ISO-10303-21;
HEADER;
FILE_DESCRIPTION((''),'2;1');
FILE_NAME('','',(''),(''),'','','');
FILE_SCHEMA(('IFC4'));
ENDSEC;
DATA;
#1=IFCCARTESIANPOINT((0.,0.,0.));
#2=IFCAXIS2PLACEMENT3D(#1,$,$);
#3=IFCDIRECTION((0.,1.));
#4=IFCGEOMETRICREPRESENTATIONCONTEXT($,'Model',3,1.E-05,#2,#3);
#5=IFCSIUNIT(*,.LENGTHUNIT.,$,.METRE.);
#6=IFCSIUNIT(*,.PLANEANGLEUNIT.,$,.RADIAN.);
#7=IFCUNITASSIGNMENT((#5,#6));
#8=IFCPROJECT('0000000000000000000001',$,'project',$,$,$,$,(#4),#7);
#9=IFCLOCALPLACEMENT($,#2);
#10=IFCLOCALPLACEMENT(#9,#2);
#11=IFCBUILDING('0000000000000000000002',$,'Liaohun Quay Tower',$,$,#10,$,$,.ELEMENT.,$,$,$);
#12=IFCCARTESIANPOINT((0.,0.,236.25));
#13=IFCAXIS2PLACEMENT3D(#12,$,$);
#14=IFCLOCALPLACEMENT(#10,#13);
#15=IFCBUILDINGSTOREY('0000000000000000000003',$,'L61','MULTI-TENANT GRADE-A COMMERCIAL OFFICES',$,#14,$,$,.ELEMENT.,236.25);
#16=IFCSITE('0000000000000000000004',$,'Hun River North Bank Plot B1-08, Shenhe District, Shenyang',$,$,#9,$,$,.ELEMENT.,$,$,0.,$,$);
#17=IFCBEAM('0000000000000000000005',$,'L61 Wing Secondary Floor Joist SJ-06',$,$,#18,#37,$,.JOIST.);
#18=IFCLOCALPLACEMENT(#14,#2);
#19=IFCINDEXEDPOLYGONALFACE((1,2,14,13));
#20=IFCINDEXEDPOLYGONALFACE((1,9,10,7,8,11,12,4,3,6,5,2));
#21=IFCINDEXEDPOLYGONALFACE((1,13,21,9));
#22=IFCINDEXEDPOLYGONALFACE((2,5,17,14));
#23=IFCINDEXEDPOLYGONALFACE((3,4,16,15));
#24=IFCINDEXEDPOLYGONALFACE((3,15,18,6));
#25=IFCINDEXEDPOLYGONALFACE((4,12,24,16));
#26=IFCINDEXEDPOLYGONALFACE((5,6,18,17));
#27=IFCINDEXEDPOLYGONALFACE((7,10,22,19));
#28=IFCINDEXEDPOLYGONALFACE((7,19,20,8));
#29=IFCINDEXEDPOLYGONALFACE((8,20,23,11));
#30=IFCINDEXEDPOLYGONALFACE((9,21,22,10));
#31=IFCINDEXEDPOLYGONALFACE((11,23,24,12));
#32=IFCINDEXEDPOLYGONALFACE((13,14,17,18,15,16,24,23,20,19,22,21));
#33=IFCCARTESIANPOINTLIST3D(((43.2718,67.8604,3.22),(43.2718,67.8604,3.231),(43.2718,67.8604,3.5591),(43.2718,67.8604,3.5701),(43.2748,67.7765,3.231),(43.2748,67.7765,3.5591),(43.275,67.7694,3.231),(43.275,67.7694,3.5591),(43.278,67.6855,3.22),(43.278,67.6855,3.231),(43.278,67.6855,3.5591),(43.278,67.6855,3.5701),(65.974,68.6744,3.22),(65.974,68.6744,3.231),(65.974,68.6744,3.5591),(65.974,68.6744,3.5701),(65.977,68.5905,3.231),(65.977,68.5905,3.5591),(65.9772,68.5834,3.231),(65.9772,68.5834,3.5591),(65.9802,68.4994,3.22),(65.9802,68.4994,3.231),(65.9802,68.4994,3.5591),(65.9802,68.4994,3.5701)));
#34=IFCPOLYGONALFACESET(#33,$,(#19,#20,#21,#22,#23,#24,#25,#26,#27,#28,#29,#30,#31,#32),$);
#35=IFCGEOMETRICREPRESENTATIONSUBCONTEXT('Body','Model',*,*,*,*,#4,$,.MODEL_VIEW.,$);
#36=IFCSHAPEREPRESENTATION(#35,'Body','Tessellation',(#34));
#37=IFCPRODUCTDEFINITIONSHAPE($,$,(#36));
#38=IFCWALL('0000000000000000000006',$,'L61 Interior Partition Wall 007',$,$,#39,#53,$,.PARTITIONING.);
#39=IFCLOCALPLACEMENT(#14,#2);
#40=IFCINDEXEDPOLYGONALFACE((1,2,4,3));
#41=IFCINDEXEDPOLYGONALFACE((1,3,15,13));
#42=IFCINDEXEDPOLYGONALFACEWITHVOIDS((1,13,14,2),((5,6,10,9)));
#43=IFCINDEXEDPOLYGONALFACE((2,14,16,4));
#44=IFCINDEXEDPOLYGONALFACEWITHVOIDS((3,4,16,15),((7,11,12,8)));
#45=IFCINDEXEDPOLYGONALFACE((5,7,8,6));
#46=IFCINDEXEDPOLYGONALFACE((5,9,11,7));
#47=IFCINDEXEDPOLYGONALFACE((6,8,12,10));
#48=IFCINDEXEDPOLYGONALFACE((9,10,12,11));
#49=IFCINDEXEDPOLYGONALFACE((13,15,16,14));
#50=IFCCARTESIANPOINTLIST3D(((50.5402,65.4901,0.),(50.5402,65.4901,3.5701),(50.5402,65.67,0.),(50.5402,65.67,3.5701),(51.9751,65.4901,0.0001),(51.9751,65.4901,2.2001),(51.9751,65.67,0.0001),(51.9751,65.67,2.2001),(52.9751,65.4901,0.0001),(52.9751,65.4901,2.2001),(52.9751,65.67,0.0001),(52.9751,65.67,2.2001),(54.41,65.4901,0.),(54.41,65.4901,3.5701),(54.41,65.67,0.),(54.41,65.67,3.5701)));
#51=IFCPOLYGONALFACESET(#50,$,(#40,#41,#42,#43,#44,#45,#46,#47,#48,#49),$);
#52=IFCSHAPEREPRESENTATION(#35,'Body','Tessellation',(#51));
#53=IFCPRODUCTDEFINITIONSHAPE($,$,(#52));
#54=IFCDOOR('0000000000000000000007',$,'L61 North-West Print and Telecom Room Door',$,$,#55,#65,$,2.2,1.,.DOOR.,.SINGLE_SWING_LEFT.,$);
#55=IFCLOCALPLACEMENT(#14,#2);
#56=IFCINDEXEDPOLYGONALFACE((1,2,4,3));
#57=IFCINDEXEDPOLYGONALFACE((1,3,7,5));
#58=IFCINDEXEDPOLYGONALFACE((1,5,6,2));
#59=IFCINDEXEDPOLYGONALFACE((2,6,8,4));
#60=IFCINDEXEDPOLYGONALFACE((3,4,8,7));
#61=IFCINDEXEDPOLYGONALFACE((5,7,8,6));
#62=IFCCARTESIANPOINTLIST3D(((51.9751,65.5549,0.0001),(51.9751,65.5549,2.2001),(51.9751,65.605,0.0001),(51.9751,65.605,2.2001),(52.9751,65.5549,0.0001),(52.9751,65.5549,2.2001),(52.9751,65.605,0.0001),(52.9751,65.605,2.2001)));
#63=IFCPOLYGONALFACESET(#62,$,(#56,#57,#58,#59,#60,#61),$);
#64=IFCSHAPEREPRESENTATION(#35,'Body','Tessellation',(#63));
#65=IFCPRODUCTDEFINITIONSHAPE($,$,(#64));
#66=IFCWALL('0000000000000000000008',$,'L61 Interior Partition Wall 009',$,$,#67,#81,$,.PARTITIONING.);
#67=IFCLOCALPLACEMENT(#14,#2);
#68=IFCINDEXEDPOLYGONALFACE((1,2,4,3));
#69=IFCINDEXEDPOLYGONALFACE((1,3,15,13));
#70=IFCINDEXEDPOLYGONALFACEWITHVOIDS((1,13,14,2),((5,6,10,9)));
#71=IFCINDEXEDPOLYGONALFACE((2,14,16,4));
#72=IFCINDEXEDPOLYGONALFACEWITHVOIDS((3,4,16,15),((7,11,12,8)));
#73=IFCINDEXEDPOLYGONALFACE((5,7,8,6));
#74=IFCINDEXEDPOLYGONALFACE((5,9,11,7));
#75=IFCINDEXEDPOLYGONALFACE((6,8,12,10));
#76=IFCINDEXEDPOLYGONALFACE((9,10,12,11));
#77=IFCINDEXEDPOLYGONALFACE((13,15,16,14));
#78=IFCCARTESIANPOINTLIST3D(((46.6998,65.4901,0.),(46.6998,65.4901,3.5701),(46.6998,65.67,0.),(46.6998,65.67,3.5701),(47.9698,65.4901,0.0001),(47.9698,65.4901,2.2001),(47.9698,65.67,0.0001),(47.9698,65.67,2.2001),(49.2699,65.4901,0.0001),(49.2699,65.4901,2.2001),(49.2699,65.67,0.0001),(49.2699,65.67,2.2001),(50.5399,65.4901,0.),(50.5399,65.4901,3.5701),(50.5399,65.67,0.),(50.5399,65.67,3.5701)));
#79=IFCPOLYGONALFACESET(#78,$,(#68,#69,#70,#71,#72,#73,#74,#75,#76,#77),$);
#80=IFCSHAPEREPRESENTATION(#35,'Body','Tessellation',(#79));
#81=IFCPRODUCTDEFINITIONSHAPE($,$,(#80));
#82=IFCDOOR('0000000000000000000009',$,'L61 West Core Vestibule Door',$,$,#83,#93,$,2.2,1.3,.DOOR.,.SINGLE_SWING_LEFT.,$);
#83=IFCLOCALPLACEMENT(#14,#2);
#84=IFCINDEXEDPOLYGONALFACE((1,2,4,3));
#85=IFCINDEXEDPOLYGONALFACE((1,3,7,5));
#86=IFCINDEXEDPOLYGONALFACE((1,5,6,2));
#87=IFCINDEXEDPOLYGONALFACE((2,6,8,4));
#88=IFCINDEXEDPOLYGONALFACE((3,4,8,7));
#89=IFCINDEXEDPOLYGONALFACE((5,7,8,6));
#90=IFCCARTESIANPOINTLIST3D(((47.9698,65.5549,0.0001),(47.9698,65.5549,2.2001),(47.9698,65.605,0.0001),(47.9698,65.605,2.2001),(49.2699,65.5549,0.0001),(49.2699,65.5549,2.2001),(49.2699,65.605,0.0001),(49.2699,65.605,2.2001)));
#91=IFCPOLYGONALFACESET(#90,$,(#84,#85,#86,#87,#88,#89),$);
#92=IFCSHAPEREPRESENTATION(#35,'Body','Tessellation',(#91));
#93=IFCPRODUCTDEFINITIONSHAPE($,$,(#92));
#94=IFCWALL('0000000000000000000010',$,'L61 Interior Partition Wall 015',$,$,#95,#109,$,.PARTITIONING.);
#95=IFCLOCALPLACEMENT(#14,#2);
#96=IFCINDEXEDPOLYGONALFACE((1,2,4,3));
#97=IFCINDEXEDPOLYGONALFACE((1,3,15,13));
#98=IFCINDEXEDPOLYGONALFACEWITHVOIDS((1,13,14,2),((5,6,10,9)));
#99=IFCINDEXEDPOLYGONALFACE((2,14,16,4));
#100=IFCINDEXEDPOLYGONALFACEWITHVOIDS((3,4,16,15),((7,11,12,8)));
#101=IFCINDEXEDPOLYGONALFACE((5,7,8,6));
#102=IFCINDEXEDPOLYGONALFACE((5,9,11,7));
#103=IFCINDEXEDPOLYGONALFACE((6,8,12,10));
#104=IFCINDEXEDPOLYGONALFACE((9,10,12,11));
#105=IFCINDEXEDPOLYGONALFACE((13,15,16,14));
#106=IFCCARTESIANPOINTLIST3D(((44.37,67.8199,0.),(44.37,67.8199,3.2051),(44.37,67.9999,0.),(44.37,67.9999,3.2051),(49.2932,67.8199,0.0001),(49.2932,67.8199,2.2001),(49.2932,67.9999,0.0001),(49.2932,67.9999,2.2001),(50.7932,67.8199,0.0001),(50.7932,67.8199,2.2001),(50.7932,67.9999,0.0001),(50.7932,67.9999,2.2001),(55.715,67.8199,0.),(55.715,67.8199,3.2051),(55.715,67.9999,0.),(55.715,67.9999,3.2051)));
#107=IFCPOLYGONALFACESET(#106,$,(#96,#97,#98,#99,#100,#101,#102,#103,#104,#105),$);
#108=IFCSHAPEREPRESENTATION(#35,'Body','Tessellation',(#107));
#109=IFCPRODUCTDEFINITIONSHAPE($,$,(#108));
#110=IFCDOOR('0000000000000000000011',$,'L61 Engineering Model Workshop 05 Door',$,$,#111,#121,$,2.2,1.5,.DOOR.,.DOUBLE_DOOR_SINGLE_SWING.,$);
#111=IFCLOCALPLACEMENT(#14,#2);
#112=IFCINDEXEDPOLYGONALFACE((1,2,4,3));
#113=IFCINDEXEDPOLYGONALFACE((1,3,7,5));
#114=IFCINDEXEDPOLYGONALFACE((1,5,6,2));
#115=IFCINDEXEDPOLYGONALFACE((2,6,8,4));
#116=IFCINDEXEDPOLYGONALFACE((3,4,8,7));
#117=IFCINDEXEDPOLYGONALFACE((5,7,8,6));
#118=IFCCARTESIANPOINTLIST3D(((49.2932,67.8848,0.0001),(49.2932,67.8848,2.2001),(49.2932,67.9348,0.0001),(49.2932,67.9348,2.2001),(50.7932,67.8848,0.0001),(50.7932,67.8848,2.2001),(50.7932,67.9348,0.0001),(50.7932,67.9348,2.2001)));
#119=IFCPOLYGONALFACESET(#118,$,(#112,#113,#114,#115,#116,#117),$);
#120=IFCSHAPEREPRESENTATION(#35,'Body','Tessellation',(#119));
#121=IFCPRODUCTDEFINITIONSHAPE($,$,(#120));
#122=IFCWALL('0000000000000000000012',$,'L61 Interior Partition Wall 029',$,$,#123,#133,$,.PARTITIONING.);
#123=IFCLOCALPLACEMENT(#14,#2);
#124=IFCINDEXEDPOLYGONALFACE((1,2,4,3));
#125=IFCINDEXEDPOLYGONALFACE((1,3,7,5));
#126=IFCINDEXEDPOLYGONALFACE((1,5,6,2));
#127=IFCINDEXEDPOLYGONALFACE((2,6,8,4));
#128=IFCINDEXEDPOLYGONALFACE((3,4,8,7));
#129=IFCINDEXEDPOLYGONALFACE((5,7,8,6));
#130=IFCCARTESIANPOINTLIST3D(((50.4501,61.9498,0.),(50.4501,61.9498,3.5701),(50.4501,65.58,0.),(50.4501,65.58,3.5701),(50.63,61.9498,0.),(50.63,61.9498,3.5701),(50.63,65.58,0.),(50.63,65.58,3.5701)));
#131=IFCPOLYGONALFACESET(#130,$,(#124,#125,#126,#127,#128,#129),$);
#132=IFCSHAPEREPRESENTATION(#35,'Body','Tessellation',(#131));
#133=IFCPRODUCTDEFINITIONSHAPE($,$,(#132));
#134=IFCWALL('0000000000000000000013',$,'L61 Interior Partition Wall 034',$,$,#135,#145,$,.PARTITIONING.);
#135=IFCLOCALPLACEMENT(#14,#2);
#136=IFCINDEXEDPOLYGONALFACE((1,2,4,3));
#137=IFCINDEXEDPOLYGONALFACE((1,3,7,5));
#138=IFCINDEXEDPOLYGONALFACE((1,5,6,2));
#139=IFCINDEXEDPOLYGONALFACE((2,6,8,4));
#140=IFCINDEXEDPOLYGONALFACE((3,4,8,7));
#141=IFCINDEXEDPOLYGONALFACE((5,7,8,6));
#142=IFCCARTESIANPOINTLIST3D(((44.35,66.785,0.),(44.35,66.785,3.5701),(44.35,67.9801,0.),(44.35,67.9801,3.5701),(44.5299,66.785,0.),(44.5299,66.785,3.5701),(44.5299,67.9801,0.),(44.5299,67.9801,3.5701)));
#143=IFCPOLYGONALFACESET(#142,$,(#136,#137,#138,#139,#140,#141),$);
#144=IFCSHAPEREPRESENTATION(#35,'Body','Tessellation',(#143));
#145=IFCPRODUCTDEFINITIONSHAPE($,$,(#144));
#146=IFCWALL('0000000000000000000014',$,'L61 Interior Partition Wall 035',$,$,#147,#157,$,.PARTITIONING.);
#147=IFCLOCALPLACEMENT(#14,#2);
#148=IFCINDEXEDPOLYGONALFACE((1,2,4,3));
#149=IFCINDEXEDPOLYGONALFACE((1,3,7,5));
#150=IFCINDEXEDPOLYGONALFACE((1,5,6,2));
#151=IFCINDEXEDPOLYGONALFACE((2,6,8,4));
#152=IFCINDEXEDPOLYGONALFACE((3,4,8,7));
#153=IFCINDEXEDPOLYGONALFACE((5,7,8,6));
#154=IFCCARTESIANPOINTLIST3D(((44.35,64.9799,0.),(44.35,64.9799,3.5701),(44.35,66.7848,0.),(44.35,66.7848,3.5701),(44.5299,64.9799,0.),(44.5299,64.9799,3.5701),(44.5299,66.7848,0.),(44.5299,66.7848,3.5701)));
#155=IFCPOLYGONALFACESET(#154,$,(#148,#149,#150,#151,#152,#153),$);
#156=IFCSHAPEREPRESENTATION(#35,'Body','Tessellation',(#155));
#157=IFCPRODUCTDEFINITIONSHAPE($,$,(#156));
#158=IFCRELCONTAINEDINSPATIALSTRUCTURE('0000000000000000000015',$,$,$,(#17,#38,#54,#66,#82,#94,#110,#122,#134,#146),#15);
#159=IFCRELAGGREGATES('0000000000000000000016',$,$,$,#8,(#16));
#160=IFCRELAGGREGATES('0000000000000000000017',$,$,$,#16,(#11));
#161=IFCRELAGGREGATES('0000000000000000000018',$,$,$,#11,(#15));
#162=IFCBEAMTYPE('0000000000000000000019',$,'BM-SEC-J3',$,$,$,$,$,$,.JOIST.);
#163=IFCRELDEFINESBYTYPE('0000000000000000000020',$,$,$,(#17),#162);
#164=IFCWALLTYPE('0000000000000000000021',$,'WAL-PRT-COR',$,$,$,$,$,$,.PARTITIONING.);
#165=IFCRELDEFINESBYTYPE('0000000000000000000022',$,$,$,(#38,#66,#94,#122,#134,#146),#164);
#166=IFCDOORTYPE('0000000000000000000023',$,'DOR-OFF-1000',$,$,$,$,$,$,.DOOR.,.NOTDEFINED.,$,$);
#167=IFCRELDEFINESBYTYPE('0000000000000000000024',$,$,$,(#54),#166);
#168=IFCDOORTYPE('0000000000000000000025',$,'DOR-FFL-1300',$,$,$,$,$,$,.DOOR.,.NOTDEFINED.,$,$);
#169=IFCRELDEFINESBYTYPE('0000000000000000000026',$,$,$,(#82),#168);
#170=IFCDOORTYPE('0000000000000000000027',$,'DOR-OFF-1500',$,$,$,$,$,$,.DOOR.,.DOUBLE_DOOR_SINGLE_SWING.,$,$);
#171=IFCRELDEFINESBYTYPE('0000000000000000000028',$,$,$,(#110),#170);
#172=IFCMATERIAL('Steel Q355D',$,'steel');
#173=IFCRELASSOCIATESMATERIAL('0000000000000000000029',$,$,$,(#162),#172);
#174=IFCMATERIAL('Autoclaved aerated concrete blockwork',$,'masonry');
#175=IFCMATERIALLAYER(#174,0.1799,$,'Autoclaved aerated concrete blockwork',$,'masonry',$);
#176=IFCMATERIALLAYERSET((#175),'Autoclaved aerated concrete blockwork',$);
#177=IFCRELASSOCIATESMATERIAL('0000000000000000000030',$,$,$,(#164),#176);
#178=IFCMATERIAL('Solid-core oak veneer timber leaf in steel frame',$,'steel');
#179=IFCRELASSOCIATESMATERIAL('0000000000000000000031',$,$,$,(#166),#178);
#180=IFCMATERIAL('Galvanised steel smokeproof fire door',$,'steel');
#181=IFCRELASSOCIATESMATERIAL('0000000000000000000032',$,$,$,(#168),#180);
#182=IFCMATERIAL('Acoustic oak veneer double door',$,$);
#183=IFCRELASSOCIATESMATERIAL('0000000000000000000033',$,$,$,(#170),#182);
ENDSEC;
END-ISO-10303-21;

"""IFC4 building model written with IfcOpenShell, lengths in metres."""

from ifc_helpers import new_model, si_unit, direction, frame, frame_2d, origin, origin_2d, place, context, subcontext, project, spatial, rectangle, i_section, extrude, source, transform, mapped, material, layer, layer_set, material_profile, profile_set, type_object, element, fill, save


model = new_model("IFC4")

# Units and contexts
model_context = context("Model", 3, precision=1e-05, world=origin(), true_north=direction((0.0, 1.0)))
body_context = subcontext(model_context, "Body", "Model", "MODEL_VIEW")
ifc_project = project(units=[si_unit("LENGTHUNIT", "METRE"), si_unit("PLANEANGLEUNIT", "RADIAN")], contexts=[model_context])

# Site, building, storey
site_placement = place(None, origin())
site = spatial("IfcSite", under=ifc_project, at=site_placement, Name="Hun River North Bank Plot B1-08, Shenhe District, Shenyang", CompositionType="ELEMENT", RefElevation=0.0)
building_placement = place(site_placement, origin())
building = spatial("IfcBuilding", under=site, at=building_placement, Name="Liaohun Quay Tower", CompositionType="ELEMENT")
storey_placement = place(building_placement, frame((0.0, 0.0, 236.25)))
storey = spatial("IfcBuildingStorey", under=building, at=storey_placement, Name="L61", Description="MULTI-TENANT GRADE-A COMMERCIAL OFFICES", CompositionType="ELEMENT", Elevation=236.25)

# Beam
ifc_material_1 = material(Name="Steel Q355D", Category="steel")
ifc_material_profile = material_profile(ifc_material_1, i_section(OverallWidth=0.175, OverallDepth=0.3501, WebThickness=0.0071, FlangeThickness=0.011, at=origin_2d()), Name="HN350x175x7x11")
ifc_profile_set = profile_set([ifc_material_profile], Name="Steel Q355D")
beam_type = type_object("IfcBeamType", Name="BM-SEC-J3", PredefinedType="JOIST", material=ifc_profile_set)
shared_shape_1 = source(origin(), body_context, "Body", "SweptSolid", [
    extrude(i_section(OverallWidth=0.175, OverallDepth=0.3501, WebThickness=0.0071, FlangeThickness=0.011, at=origin_2d()), origin(), (0.0, 0.0, 1.0), 22.7168),
])
beam_placement = place(storey_placement, frame((43.2749, 67.7729, 3.395), z_axis=(0.999358, 0.035831, 0.0), x_axis=(-0.035831, 0.999358, 0.0)))
element("IfcBeam", 1, at=beam_placement, inside=storey, type_object=beam_type, Name="L61 Wing Secondary Floor Joist SJ-06", PredefinedType="JOIST", context=body_context, shape_type="MappedRepresentation", body=[
    mapped(shared_shape_1, transform((0.0, 0.0, 0.0), x_axis=(1.0, 0.0, 0.0), y_axis=(0.0, 1.0, 0.0), z_axis=(0.0, 0.0, 1.0), scale=1.0)),
])

# Walls, openings, doors
ifc_material_2 = material(Name="Autoclaved aerated concrete blockwork", Category="masonry")
ifc_layer_1 = layer(ifc_material_2, 0.1799, Name="Autoclaved aerated concrete blockwork", Category="masonry")
ifc_layer_set_1 = layer_set([ifc_layer_1], Name="Autoclaved aerated concrete blockwork")
wall_type_1 = type_object("IfcWallType", Name="WAL-PRT-COR", PredefinedType="PARTITIONING", material=ifc_layer_set_1)
wall_1_placement = place(storey_placement, frame((50.54, 65.5801, 0.0), z_axis=(0.0, 0.0, 1.0), x_axis=(1.0, 0.0, 0.0)))
wall_1 = element("IfcWall", 2, at=wall_1_placement, inside=storey, type_object=wall_type_1, Name="L61 Interior Partition Wall 007", PredefinedType="PARTITIONING", context=body_context, shape_type="SweptSolid", body=[
    extrude(rectangle(XDim=3.8699, YDim=0.1799, at=frame_2d((1.9351, 0.0))), origin(), (0.0, 0.0, 1.0), 3.5701),
])
shared_shape_2 = source(origin(), body_context, "Body", "SweptSolid", [
    extrude(rectangle(XDim=1.0, YDim=2.2, at=frame_2d((0.5, 1.1001))), frame((0.0, 0.0999, 0.0), z_axis=(0.0, -1.0, 0.0), x_axis=(1.0, 0.0, 0.0)), (0.0, 0.0, 1.0), 0.2),
])
opening_1_placement = place(wall_1_placement, frame((1.4351, 0.0, 0.0)))
opening_1 = element("IfcOpeningElement", 3, at=opening_1_placement, cuts=wall_1, PredefinedType="OPENING", context=body_context, shape_type="MappedRepresentation", body=[
    mapped(shared_shape_2, transform((0.0, 0.0, 0.0), x_axis=(1.0, 0.0, 0.0), y_axis=(0.0, 1.0, 0.0), z_axis=(0.0, 0.0, 1.0), scale=1.0)),
])
ifc_material_3 = material(Name="Solid-core oak veneer timber leaf in steel frame", Category="steel")
door_type_1 = type_object("IfcDoorType", Name="DOR-OFF-1000", OperationType="NOTDEFINED", PredefinedType="DOOR", material=ifc_material_3)
shared_shape_3 = source(origin(), body_context, "Body", "SweptSolid", [
    extrude(rectangle(XDim=1.0, YDim=2.2, at=frame_2d((0.5, 1.1001))), frame((0.0, 0.0249, 0.0), z_axis=(0.0, -1.0, 0.0), x_axis=(1.0, 0.0, 0.0)), (0.0, 0.0, 1.0), 0.05),
])
door_1_placement = place(opening_1_placement, origin())
door_1 = element("IfcDoor", 4, at=door_1_placement, inside=storey, type_object=door_type_1, Name="L61 North-West Print and Telecom Room Door", OperationType="SINGLE_SWING_LEFT", OverallHeight=2.2, OverallWidth=1.0, PredefinedType="DOOR", context=body_context, shape_type="MappedRepresentation", body=[
    mapped(shared_shape_3, transform((0.0, 0.0, 0.0), x_axis=(1.0, 0.0, 0.0), y_axis=(0.0, 1.0, 0.0), z_axis=(0.0, 0.0, 1.0), scale=1.0)),
])
fill(opening_1, door_1)
wall_2_placement = place(storey_placement, frame((46.7, 65.5801, 0.0), z_axis=(0.0, 0.0, 1.0), x_axis=(1.0, 0.0, 0.0)))
wall_2 = element("IfcWall", 5, at=wall_2_placement, inside=storey, type_object=wall_type_1, Name="L61 Interior Partition Wall 009", PredefinedType="PARTITIONING", context=body_context, shape_type="SweptSolid", body=[
    extrude(rectangle(XDim=3.8401, YDim=0.1799, at=frame_2d((1.9199, 0.0))), origin(), (0.0, 0.0, 1.0), 3.5701),
])
shared_shape_4 = source(origin(), body_context, "Body", "SweptSolid", [
    extrude(rectangle(XDim=1.3, YDim=2.2, at=frame_2d((0.6499, 1.1001))), frame((0.0, 0.0999, 0.0), z_axis=(0.0, -1.0, 0.0), x_axis=(1.0, 0.0, 0.0)), (0.0, 0.0, 1.0), 0.2),
])
opening_2_placement = place(wall_2_placement, frame((1.27, 0.0, 0.0)))
opening_2 = element("IfcOpeningElement", 6, at=opening_2_placement, cuts=wall_2, PredefinedType="OPENING", context=body_context, shape_type="MappedRepresentation", body=[
    mapped(shared_shape_4, transform((0.0, 0.0, 0.0), x_axis=(1.0, 0.0, 0.0), y_axis=(0.0, 1.0, 0.0), z_axis=(0.0, 0.0, 1.0), scale=1.0)),
])
ifc_material_4 = material(Name="Galvanised steel smokeproof fire door", Category="steel")
door_type_2 = type_object("IfcDoorType", Name="DOR-FFL-1300", OperationType="NOTDEFINED", PredefinedType="DOOR", material=ifc_material_4)
shared_shape_5 = source(origin(), body_context, "Body", "SweptSolid", [
    extrude(rectangle(XDim=1.3, YDim=2.2, at=frame_2d((0.6499, 1.1001))), frame((0.0, 0.0249, 0.0), z_axis=(0.0, -1.0, 0.0), x_axis=(1.0, 0.0, 0.0)), (0.0, 0.0, 1.0), 0.05),
])
door_2_placement = place(opening_2_placement, origin())
door_2 = element("IfcDoor", 7, at=door_2_placement, inside=storey, type_object=door_type_2, Name="L61 West Core Vestibule Door", OperationType="SINGLE_SWING_LEFT", OverallHeight=2.2, OverallWidth=1.3, PredefinedType="DOOR", context=body_context, shape_type="MappedRepresentation", body=[
    mapped(shared_shape_5, transform((0.0, 0.0, 0.0), x_axis=(1.0, 0.0, 0.0), y_axis=(0.0, 1.0, 0.0), z_axis=(0.0, 0.0, 1.0), scale=1.0)),
])
fill(opening_2, door_2)
wall_3_placement = place(storey_placement, frame((44.3701, 67.9099, 0.0), z_axis=(0.0, 0.0, 1.0), x_axis=(1.0, 0.0, 0.0)))
wall_3 = element("IfcWall", 8, at=wall_3_placement, inside=storey, type_object=wall_type_1, Name="L61 Interior Partition Wall 015", PredefinedType="PARTITIONING", context=body_context, shape_type="SweptSolid", body=[
    extrude(rectangle(XDim=11.345, YDim=0.1799, at=frame_2d((5.6724, 0.0))), origin(), (0.0, 0.0, 1.0), 3.2051),
])
shared_shape_6 = source(origin(), body_context, "Body", "SweptSolid", [
    extrude(rectangle(XDim=1.5, YDim=2.2, at=frame_2d((0.75, 1.1001))), frame((0.0, 0.0999, 0.0), z_axis=(0.0, -1.0, 0.0), x_axis=(1.0, 0.0, 0.0)), (0.0, 0.0, 1.0), 0.2),
])
opening_3_placement = place(wall_3_placement, frame((4.9231, 0.0, 0.0)))
opening_3 = element("IfcOpeningElement", 9, at=opening_3_placement, cuts=wall_3, PredefinedType="OPENING", context=body_context, shape_type="MappedRepresentation", body=[
    mapped(shared_shape_6, transform((0.0, 0.0, 0.0), x_axis=(1.0, 0.0, 0.0), y_axis=(0.0, 1.0, 0.0), z_axis=(0.0, 0.0, 1.0), scale=1.0)),
])
ifc_material_5 = material(Name="Acoustic oak veneer double door")
door_type_3 = type_object("IfcDoorType", Name="DOR-OFF-1500", OperationType="DOUBLE_DOOR_SINGLE_SWING", PredefinedType="DOOR", material=ifc_material_5)
shared_shape_7 = source(origin(), body_context, "Body", "SweptSolid", [
    extrude(rectangle(XDim=1.5, YDim=2.2, at=frame_2d((0.75, 1.1001))), frame((0.0, 0.0249, 0.0), z_axis=(0.0, -1.0, 0.0), x_axis=(1.0, 0.0, 0.0)), (0.0, 0.0, 1.0), 0.05),
])
door_3_placement = place(opening_3_placement, origin())
door_3 = element("IfcDoor", 10, at=door_3_placement, inside=storey, type_object=door_type_3, Name="L61 Engineering Model Workshop 05 Door", OperationType="DOUBLE_DOOR_SINGLE_SWING", OverallHeight=2.2, OverallWidth=1.5, PredefinedType="DOOR", context=body_context, shape_type="MappedRepresentation", body=[
    mapped(shared_shape_7, transform((0.0, 0.0, 0.0), x_axis=(1.0, 0.0, 0.0), y_axis=(0.0, 1.0, 0.0), z_axis=(0.0, 0.0, 1.0), scale=1.0)),
])
fill(opening_3, door_3)

# Walls
wall_4_placement = place(storey_placement, frame((50.54, 61.95, 0.0), z_axis=(0.0, 0.0, 1.0), x_axis=(0.0, 1.0, 0.0)))
element("IfcWall", 11, at=wall_4_placement, inside=storey, type_object=wall_type_1, Name="L61 Interior Partition Wall 029", PredefinedType="PARTITIONING", context=body_context, shape_type="SweptSolid", body=[
    extrude(rectangle(XDim=3.6301, YDim=0.1799, at=frame_2d((1.8149, 0.0))), origin(), (0.0, 0.0, 1.0), 3.5701),
])
wall_5_placement = place(storey_placement, frame((44.4399, 66.7849, 0.0), z_axis=(0.0, 0.0, 1.0), x_axis=(0.0, 1.0, 0.0)))
element("IfcWall", 12, at=wall_5_placement, inside=storey, type_object=wall_type_1, Name="L61 Interior Partition Wall 034", PredefinedType="PARTITIONING", context=body_context, shape_type="SweptSolid", body=[
    extrude(rectangle(XDim=1.1951, YDim=0.1799, at=frame_2d((0.5977, 0.0))), origin(), (0.0, 0.0, 1.0), 3.5701),
])
wall_6_placement = place(storey_placement, frame((44.4399, 64.98, 0.0), z_axis=(0.0, 0.0, 1.0), x_axis=(0.0, 1.0, 0.0)))
element("IfcWall", 13, at=wall_6_placement, inside=storey, type_object=wall_type_1, Name="L61 Interior Partition Wall 035", PredefinedType="PARTITIONING", context=body_context, shape_type="SweptSolid", body=[
    extrude(rectangle(XDim=1.8049, YDim=0.1799, at=frame_2d((0.9023, 0.0))), origin(), (0.0, 0.0, 1.0), 3.5701),
])

save(model, "model.ifc")
